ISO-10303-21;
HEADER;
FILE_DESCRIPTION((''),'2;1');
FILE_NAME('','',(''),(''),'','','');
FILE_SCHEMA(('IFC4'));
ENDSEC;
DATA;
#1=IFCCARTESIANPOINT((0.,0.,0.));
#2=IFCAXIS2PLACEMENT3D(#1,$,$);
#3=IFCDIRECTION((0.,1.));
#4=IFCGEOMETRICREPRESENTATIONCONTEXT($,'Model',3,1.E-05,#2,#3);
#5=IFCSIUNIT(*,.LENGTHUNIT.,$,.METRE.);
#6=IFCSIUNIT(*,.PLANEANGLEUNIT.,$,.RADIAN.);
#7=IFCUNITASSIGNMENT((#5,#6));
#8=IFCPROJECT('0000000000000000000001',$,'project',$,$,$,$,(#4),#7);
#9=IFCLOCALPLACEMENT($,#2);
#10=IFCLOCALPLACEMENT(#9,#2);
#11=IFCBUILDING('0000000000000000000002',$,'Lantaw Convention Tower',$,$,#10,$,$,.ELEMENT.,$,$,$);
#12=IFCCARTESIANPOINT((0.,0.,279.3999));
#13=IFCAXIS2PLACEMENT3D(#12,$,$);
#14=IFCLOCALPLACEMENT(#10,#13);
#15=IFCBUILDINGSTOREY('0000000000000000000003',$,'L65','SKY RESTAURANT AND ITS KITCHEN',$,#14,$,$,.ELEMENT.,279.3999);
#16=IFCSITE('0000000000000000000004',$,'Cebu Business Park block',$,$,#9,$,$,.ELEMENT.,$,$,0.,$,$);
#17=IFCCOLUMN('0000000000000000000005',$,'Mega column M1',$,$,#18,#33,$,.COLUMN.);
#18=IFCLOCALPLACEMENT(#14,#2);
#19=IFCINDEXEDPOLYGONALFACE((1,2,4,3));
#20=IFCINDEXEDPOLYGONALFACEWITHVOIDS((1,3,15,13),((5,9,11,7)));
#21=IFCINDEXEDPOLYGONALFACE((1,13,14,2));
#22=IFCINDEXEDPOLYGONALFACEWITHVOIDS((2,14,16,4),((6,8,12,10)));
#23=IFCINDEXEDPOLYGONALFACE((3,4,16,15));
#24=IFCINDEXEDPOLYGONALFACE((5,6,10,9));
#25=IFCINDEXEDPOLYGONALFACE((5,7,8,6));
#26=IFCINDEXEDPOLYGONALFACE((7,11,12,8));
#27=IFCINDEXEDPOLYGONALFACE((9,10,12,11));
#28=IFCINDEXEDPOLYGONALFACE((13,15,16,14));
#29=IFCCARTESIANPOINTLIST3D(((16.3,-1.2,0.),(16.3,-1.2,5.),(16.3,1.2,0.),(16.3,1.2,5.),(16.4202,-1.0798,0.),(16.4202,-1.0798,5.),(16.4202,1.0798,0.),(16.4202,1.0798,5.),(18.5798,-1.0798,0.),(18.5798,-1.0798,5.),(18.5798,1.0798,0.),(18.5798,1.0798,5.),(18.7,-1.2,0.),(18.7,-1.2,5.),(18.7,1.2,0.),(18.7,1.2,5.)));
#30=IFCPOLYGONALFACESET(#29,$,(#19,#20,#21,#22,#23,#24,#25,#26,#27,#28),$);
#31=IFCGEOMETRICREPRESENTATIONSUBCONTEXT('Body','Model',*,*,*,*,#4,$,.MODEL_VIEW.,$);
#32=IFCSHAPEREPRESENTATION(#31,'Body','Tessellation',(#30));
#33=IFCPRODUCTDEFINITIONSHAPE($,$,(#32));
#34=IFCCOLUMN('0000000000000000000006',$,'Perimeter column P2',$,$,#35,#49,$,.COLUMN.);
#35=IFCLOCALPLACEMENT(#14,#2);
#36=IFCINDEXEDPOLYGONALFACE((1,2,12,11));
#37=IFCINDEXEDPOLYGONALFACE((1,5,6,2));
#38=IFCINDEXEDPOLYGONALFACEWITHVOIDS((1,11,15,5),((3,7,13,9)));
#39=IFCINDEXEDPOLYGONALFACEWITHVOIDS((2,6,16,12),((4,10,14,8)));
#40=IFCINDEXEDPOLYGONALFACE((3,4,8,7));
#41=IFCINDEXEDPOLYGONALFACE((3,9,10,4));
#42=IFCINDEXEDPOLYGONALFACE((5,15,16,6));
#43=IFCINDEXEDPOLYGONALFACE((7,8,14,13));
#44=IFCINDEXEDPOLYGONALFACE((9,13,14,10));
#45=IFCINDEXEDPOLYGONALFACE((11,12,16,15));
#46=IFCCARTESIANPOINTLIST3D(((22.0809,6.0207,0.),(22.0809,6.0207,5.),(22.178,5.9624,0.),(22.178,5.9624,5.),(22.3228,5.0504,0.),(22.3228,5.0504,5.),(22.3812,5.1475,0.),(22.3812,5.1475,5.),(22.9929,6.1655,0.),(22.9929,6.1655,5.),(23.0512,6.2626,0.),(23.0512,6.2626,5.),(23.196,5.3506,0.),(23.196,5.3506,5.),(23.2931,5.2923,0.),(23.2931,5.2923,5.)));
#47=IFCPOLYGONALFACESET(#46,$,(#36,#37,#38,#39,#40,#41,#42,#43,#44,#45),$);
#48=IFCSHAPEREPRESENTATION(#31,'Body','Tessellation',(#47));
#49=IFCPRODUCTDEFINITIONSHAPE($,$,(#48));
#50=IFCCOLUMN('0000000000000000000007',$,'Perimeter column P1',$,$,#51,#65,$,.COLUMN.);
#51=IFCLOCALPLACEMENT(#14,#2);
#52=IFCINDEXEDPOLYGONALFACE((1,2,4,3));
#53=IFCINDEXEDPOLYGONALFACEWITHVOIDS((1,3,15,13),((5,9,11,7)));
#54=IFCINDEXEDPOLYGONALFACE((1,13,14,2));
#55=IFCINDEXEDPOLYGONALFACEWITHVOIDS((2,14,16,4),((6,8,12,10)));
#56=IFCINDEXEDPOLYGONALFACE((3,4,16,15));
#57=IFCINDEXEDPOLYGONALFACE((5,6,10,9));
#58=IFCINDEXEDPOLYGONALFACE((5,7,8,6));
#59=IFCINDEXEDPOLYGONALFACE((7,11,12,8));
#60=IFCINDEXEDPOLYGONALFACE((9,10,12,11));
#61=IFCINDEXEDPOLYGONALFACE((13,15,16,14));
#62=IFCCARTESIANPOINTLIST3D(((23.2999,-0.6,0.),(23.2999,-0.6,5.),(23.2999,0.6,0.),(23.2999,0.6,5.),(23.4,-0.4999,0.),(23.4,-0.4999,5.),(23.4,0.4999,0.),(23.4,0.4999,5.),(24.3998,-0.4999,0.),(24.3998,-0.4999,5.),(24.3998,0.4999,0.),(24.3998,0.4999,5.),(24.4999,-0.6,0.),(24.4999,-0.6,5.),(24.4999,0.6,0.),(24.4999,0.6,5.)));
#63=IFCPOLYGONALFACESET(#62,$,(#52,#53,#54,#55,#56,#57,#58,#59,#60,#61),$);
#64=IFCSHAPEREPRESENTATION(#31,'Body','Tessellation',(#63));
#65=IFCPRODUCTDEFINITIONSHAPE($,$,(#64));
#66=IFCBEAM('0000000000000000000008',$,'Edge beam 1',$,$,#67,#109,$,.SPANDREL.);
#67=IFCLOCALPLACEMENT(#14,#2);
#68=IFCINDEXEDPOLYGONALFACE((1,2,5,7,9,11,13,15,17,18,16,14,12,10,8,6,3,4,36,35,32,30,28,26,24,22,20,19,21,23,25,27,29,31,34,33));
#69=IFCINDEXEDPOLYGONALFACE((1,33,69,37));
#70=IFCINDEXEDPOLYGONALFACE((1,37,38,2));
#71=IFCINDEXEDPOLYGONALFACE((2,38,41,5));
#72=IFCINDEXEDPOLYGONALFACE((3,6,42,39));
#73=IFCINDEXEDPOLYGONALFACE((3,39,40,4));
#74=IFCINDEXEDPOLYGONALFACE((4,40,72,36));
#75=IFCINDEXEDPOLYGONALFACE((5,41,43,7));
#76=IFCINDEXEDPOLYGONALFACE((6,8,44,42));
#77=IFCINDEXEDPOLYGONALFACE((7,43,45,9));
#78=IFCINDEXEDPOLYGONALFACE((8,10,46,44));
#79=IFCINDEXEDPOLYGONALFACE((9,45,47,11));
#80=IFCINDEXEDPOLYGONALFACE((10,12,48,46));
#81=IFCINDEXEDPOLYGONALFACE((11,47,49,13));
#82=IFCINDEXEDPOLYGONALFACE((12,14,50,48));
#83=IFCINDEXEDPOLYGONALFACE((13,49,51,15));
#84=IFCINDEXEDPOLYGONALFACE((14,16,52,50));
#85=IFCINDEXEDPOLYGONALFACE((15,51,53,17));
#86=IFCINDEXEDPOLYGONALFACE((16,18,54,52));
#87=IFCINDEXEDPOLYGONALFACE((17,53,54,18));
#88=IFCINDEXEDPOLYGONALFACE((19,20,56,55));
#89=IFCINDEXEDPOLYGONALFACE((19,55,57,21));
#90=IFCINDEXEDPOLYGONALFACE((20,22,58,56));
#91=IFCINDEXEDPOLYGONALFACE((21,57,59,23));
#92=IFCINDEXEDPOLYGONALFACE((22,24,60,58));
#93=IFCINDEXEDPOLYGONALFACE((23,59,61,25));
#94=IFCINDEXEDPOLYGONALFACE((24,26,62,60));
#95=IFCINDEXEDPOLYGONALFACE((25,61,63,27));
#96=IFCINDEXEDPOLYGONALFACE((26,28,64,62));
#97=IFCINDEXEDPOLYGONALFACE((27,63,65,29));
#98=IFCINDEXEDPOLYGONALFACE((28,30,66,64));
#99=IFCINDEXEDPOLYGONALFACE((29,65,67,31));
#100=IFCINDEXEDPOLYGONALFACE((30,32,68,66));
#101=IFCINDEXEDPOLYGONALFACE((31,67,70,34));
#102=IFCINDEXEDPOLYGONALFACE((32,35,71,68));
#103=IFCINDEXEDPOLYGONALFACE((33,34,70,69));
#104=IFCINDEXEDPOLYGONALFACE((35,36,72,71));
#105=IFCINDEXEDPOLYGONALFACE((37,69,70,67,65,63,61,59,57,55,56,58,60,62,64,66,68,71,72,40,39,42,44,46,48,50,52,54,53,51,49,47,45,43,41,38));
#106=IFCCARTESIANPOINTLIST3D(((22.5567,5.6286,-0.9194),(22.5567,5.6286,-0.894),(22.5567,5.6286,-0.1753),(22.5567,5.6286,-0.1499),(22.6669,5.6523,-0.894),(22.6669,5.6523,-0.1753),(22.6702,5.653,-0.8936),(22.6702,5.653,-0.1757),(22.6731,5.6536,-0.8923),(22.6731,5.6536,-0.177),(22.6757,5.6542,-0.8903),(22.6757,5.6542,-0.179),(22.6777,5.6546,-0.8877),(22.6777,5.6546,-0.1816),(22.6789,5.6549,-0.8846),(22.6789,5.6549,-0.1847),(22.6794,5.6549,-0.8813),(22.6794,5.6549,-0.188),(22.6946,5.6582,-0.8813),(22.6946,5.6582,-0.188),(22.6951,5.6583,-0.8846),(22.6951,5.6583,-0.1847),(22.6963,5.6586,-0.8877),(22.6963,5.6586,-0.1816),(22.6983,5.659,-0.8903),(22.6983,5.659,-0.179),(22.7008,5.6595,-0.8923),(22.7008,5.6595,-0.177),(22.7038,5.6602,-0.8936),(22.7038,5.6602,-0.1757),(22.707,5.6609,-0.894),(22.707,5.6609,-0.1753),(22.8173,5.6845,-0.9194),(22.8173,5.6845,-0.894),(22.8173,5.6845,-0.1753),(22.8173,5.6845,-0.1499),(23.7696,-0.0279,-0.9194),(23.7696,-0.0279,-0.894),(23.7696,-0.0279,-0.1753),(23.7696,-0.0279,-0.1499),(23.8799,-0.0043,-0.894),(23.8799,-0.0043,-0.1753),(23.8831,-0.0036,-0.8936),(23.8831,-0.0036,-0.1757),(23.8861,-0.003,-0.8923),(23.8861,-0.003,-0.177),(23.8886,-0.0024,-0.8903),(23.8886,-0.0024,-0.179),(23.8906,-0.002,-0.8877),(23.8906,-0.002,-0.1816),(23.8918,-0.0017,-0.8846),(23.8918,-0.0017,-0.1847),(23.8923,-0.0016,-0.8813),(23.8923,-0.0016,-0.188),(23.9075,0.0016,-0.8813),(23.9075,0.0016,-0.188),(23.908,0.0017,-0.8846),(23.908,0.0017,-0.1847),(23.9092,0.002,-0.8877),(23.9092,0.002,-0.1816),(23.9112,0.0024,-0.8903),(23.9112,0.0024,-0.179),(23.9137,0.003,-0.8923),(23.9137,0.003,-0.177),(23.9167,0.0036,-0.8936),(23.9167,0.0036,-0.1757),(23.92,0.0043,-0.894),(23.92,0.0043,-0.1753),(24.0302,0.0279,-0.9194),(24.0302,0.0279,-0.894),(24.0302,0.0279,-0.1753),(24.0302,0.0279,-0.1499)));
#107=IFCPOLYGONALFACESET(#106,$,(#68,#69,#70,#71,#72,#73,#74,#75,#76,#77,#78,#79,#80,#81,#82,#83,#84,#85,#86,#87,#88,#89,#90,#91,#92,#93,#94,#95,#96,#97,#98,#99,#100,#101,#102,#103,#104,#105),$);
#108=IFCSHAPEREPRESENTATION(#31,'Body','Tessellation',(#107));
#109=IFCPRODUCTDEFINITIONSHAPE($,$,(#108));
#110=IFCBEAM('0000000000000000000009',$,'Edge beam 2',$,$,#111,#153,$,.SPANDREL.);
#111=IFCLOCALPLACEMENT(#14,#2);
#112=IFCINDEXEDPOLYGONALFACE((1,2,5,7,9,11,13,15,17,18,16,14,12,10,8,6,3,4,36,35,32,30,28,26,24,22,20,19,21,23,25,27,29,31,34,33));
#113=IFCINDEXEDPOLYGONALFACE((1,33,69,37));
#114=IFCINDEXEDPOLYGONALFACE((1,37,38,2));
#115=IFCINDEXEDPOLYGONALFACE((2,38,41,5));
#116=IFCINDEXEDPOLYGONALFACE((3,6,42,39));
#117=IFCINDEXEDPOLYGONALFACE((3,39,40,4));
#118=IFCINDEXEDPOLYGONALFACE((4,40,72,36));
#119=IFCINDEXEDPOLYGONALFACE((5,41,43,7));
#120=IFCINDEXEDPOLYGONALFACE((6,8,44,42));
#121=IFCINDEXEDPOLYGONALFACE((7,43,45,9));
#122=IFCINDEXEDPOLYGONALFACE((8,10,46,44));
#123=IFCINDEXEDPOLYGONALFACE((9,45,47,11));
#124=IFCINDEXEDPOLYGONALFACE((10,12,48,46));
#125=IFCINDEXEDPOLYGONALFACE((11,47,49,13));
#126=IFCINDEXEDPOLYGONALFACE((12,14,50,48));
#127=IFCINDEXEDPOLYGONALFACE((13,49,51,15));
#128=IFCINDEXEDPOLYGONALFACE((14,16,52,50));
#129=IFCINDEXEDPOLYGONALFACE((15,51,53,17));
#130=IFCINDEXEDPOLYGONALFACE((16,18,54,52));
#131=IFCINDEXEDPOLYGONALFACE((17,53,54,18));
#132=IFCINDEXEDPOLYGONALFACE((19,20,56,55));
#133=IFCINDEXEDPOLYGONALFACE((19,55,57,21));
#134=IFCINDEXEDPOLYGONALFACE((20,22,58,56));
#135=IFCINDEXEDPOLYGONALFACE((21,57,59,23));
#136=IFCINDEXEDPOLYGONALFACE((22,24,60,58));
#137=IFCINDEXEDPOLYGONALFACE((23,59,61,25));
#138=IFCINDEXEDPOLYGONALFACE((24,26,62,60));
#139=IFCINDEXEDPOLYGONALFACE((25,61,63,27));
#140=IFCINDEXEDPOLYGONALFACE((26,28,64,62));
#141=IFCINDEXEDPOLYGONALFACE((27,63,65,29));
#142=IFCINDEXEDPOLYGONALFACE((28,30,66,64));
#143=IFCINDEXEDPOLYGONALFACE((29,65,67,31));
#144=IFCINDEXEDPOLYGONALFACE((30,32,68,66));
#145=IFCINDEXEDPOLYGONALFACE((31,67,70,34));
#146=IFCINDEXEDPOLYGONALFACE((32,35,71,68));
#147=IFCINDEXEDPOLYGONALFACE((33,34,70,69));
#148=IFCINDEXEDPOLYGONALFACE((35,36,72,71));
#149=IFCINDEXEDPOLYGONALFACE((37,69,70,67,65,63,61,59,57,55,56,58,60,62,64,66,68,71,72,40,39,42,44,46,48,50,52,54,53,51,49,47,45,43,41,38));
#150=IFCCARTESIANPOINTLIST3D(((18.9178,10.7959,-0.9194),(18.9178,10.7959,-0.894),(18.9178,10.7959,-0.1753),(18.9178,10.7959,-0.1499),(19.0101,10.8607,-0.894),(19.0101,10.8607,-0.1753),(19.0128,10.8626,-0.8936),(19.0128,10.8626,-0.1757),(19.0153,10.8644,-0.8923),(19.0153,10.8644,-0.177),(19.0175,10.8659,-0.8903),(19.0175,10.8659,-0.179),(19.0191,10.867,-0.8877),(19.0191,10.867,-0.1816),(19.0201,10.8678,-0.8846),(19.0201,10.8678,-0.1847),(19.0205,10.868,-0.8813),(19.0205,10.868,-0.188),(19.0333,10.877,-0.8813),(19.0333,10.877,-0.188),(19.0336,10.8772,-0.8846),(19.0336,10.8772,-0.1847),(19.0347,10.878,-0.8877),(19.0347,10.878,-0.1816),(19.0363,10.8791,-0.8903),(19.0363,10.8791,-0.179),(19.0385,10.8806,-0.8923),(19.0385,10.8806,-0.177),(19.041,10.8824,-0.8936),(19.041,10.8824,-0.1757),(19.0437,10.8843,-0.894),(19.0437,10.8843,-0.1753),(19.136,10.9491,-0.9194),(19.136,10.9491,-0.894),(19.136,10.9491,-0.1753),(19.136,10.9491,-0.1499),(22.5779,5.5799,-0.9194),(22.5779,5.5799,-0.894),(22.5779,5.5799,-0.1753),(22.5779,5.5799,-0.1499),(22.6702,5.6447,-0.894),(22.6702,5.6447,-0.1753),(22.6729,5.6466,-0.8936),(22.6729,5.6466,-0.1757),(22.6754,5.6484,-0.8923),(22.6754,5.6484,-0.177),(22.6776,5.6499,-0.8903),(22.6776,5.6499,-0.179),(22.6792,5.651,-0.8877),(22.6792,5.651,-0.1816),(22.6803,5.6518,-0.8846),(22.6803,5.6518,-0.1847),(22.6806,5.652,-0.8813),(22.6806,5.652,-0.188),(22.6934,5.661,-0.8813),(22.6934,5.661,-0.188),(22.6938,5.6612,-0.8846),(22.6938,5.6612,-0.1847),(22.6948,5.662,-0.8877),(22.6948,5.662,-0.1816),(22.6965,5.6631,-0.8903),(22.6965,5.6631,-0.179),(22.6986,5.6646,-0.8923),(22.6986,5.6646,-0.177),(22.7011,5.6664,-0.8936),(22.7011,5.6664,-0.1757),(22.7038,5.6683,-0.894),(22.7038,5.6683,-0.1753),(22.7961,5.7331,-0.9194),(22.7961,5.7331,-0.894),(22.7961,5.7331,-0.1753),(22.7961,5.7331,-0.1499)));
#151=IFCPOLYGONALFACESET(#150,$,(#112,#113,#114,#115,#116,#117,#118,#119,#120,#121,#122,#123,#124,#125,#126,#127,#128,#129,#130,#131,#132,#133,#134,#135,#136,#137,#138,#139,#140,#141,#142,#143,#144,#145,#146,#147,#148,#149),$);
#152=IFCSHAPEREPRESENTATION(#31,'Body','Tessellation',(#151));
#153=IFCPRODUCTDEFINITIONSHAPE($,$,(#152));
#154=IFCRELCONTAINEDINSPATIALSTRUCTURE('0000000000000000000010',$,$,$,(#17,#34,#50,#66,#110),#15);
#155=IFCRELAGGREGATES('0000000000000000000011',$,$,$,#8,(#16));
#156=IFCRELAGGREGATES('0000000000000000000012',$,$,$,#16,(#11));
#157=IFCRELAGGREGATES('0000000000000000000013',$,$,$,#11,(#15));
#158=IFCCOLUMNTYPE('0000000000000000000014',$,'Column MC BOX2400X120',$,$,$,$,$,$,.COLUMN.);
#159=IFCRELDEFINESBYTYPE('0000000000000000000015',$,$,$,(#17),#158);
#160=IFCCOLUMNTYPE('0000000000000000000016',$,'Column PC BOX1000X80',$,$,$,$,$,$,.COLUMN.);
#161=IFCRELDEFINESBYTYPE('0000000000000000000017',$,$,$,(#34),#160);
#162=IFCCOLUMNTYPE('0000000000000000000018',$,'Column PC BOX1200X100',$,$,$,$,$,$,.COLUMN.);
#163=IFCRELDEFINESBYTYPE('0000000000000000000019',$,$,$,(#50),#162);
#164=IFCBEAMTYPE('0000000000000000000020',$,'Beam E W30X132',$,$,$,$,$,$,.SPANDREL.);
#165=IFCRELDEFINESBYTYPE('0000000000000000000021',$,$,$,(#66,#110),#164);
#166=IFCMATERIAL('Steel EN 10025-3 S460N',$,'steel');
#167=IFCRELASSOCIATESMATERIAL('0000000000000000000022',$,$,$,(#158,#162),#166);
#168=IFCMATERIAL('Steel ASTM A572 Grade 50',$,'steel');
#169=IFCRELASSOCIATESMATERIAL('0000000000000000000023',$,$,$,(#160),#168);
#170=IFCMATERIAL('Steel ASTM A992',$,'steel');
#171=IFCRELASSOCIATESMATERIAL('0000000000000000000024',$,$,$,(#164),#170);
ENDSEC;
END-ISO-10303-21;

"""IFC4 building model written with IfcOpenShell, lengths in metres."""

from ifc_helpers import new_model, si_unit, direction, frame, origin, origin_2d, place, context, subcontext, project, spatial, rectangle, hollow_rectangle, i_section, extrude, material, material_profile, profile_set, type_object, element, save


model = new_model("IFC4")

# Units and contexts
model_context = context("Model", 3, precision=1e-05, world=origin(), true_north=direction((0.0, 1.0)))
body_context = subcontext(model_context, "Body", "Model", "MODEL_VIEW")
ifc_project = project(units=[si_unit("LENGTHUNIT", "METRE"), si_unit("PLANEANGLEUNIT", "RADIAN")], contexts=[model_context])

# Site, building, storey
site_placement = place(None, origin())
site = spatial("IfcSite", under=ifc_project, at=site_placement, Name="Cebu Business Park block", CompositionType="ELEMENT", RefElevation=0.0)
building_placement = place(site_placement, origin())
building = spatial("IfcBuilding", under=site, at=building_placement, Name="Lantaw Convention Tower", CompositionType="ELEMENT")
storey_placement = place(building_placement, frame((0.0, 0.0, 279.3999)))
storey = spatial("IfcBuildingStorey", under=building, at=storey_placement, Name="L65", Description="SKY RESTAURANT AND ITS KITCHEN", CompositionType="ELEMENT", Elevation=279.3999)

# Columns
ifc_material_1 = material(Name="Steel EN 10025-3 S460N", Category="steel")
ifc_material_profile_1 = material_profile(ifc_material_1, hollow_rectangle(XDim=2.3999, YDim=2.3999, WallThickness=0.1201, at=origin_2d()), Name="BOX2400X120")
ifc_material_2 = material(Name="Concrete C60/75", Category="concrete")
ifc_material_profile_2 = material_profile(ifc_material_2, rectangle(XDim=2.1599, YDim=2.1599, at=origin_2d()), Name="Concrete fill of BOX2400X120")
ifc_profile_set_1 = profile_set([ifc_material_profile_1, ifc_material_profile_2], Name="Steel EN 10025-3 S460N")
column_type_1 = type_object("IfcColumnType", Name="Column MC BOX2400X120", PredefinedType="COLUMN", material=ifc_profile_set_1)
column_1_placement = place(storey_placement, frame((17.5, 0.0, 0.0), z_axis=(0.0, 0.0, 1.0), x_axis=(1.0, 0.0, 0.0)))
element("IfcColumn", 1, at=column_1_placement, inside=storey, type_object=column_type_1, Name="Mega column M1", PredefinedType="COLUMN", context=body_context, shape_type="SweptSolid", body=[
    extrude(hollow_rectangle(XDim=2.3999, YDim=2.3999, WallThickness=0.1201, at=origin_2d()), origin(), (0.0, 0.0, 1.0), 5.0),
])
ifc_material_3 = material(Name="Steel ASTM A572 Grade 50", Category="steel")
ifc_material_profile_3 = material_profile(ifc_material_3, hollow_rectangle(XDim=1.0, YDim=1.0, WallThickness=0.0801, at=origin_2d()), Name="BOX1000X80")
ifc_material_profile_4 = material_profile(ifc_material_2, rectangle(XDim=0.8401, YDim=0.8401, at=origin_2d()), Name="Concrete fill of BOX1000X80")
ifc_profile_set_2 = profile_set([ifc_material_profile_3, ifc_material_profile_4], Name="Steel ASTM A572 Grade 50")
column_type_2 = type_object("IfcColumnType", Name="Column PC BOX1000X80", PredefinedType="COLUMN", material=ifc_profile_set_2)
column_2_placement = place(storey_placement, frame((22.687, 5.6565, 0.0), z_axis=(0.0, 0.0, 1.0), x_axis=(0.970296, 0.241922, 0.0)))
element("IfcColumn", 2, at=column_2_placement, inside=storey, type_object=column_type_2, Name="Perimeter column P2", PredefinedType="COLUMN", context=body_context, shape_type="SweptSolid", body=[
    extrude(hollow_rectangle(XDim=1.0, YDim=1.0, WallThickness=0.0801, at=origin_2d()), origin(), (0.0, 0.0, 1.0), 5.0),
])
ifc_material_profile_5 = material_profile(ifc_material_1, hollow_rectangle(XDim=1.2, YDim=1.2, WallThickness=0.1001, at=origin_2d()), Name="BOX1200X100")
ifc_material_profile_6 = material_profile(ifc_material_2, rectangle(XDim=1.0, YDim=1.0, at=origin_2d()), Name="Concrete fill of BOX1200X100")
ifc_profile_set_3 = profile_set([ifc_material_profile_5, ifc_material_profile_6], Name="Steel EN 10025-3 S460N")
column_type_3 = type_object("IfcColumnType", Name="Column PC BOX1200X100", PredefinedType="COLUMN", material=ifc_profile_set_3)
column_3_placement = place(storey_placement, frame((23.8999, 0.0, 0.0), z_axis=(0.0, 0.0, 1.0), x_axis=(1.0, 0.0, 0.0)))
element("IfcColumn", 3, at=column_3_placement, inside=storey, type_object=column_type_3, Name="Perimeter column P1", PredefinedType="COLUMN", context=body_context, shape_type="SweptSolid", body=[
    extrude(hollow_rectangle(XDim=1.2, YDim=1.2, WallThickness=0.1001, at=origin_2d()), origin(), (0.0, 0.0, 1.0), 5.0),
])

# Beams
ifc_material_4 = material(Name="Steel ASTM A992", Category="steel")
ifc_material_profile_7 = material_profile(ifc_material_4, i_section(OverallWidth=0.2666, OverallDepth=0.7695, WebThickness=0.0156, FlangeThickness=0.0254, FilletRadius=0.0127, at=origin_2d()), Name="W30X132")
ifc_profile_set_4 = profile_set([ifc_material_profile_7], Name="Steel ASTM A992")
beam_type_1 = type_object("IfcBeamType", Name="Beam E W30X132", PredefinedType="SPANDREL", material=ifc_profile_set_4)
beam_1_placement = place(storey_placement, frame((23.8999, 0.0, -0.5347), z_axis=(-0.209659, 0.977775, 0.0), x_axis=(-0.977775, -0.209659, 0.0)))
element("IfcBeam", 4, at=beam_1_placement, inside=storey, type_object=beam_type_1, Name="Edge beam 1", PredefinedType="SPANDREL", context=body_context, shape_type="SweptSolid", body=[
    extrude(i_section(OverallWidth=0.2666, OverallDepth=0.7695, WebThickness=0.0156, FlangeThickness=0.0254, FilletRadius=0.0127, at=origin_2d()), origin(), (0.0, 0.0, 1.0), 5.7852),
])
beam_2_placement = place(storey_placement, frame((22.687, 5.6565, -0.5347), z_axis=(-0.574401, 0.818574, 0.0), x_axis=(-0.818574, -0.574401, 0.0)))
element("IfcBeam", 5, at=beam_2_placement, inside=storey, type_object=beam_type_1, Name="Edge beam 2", PredefinedType="SPANDREL", context=body_context, shape_type="SweptSolid", body=[
    extrude(i_section(OverallWidth=0.2666, OverallDepth=0.7695, WebThickness=0.0156, FlangeThickness=0.0254, FilletRadius=0.0127, at=origin_2d()), origin(), (0.0, 0.0, 1.0), 6.3721),
])

save(model, "model.ifc")
